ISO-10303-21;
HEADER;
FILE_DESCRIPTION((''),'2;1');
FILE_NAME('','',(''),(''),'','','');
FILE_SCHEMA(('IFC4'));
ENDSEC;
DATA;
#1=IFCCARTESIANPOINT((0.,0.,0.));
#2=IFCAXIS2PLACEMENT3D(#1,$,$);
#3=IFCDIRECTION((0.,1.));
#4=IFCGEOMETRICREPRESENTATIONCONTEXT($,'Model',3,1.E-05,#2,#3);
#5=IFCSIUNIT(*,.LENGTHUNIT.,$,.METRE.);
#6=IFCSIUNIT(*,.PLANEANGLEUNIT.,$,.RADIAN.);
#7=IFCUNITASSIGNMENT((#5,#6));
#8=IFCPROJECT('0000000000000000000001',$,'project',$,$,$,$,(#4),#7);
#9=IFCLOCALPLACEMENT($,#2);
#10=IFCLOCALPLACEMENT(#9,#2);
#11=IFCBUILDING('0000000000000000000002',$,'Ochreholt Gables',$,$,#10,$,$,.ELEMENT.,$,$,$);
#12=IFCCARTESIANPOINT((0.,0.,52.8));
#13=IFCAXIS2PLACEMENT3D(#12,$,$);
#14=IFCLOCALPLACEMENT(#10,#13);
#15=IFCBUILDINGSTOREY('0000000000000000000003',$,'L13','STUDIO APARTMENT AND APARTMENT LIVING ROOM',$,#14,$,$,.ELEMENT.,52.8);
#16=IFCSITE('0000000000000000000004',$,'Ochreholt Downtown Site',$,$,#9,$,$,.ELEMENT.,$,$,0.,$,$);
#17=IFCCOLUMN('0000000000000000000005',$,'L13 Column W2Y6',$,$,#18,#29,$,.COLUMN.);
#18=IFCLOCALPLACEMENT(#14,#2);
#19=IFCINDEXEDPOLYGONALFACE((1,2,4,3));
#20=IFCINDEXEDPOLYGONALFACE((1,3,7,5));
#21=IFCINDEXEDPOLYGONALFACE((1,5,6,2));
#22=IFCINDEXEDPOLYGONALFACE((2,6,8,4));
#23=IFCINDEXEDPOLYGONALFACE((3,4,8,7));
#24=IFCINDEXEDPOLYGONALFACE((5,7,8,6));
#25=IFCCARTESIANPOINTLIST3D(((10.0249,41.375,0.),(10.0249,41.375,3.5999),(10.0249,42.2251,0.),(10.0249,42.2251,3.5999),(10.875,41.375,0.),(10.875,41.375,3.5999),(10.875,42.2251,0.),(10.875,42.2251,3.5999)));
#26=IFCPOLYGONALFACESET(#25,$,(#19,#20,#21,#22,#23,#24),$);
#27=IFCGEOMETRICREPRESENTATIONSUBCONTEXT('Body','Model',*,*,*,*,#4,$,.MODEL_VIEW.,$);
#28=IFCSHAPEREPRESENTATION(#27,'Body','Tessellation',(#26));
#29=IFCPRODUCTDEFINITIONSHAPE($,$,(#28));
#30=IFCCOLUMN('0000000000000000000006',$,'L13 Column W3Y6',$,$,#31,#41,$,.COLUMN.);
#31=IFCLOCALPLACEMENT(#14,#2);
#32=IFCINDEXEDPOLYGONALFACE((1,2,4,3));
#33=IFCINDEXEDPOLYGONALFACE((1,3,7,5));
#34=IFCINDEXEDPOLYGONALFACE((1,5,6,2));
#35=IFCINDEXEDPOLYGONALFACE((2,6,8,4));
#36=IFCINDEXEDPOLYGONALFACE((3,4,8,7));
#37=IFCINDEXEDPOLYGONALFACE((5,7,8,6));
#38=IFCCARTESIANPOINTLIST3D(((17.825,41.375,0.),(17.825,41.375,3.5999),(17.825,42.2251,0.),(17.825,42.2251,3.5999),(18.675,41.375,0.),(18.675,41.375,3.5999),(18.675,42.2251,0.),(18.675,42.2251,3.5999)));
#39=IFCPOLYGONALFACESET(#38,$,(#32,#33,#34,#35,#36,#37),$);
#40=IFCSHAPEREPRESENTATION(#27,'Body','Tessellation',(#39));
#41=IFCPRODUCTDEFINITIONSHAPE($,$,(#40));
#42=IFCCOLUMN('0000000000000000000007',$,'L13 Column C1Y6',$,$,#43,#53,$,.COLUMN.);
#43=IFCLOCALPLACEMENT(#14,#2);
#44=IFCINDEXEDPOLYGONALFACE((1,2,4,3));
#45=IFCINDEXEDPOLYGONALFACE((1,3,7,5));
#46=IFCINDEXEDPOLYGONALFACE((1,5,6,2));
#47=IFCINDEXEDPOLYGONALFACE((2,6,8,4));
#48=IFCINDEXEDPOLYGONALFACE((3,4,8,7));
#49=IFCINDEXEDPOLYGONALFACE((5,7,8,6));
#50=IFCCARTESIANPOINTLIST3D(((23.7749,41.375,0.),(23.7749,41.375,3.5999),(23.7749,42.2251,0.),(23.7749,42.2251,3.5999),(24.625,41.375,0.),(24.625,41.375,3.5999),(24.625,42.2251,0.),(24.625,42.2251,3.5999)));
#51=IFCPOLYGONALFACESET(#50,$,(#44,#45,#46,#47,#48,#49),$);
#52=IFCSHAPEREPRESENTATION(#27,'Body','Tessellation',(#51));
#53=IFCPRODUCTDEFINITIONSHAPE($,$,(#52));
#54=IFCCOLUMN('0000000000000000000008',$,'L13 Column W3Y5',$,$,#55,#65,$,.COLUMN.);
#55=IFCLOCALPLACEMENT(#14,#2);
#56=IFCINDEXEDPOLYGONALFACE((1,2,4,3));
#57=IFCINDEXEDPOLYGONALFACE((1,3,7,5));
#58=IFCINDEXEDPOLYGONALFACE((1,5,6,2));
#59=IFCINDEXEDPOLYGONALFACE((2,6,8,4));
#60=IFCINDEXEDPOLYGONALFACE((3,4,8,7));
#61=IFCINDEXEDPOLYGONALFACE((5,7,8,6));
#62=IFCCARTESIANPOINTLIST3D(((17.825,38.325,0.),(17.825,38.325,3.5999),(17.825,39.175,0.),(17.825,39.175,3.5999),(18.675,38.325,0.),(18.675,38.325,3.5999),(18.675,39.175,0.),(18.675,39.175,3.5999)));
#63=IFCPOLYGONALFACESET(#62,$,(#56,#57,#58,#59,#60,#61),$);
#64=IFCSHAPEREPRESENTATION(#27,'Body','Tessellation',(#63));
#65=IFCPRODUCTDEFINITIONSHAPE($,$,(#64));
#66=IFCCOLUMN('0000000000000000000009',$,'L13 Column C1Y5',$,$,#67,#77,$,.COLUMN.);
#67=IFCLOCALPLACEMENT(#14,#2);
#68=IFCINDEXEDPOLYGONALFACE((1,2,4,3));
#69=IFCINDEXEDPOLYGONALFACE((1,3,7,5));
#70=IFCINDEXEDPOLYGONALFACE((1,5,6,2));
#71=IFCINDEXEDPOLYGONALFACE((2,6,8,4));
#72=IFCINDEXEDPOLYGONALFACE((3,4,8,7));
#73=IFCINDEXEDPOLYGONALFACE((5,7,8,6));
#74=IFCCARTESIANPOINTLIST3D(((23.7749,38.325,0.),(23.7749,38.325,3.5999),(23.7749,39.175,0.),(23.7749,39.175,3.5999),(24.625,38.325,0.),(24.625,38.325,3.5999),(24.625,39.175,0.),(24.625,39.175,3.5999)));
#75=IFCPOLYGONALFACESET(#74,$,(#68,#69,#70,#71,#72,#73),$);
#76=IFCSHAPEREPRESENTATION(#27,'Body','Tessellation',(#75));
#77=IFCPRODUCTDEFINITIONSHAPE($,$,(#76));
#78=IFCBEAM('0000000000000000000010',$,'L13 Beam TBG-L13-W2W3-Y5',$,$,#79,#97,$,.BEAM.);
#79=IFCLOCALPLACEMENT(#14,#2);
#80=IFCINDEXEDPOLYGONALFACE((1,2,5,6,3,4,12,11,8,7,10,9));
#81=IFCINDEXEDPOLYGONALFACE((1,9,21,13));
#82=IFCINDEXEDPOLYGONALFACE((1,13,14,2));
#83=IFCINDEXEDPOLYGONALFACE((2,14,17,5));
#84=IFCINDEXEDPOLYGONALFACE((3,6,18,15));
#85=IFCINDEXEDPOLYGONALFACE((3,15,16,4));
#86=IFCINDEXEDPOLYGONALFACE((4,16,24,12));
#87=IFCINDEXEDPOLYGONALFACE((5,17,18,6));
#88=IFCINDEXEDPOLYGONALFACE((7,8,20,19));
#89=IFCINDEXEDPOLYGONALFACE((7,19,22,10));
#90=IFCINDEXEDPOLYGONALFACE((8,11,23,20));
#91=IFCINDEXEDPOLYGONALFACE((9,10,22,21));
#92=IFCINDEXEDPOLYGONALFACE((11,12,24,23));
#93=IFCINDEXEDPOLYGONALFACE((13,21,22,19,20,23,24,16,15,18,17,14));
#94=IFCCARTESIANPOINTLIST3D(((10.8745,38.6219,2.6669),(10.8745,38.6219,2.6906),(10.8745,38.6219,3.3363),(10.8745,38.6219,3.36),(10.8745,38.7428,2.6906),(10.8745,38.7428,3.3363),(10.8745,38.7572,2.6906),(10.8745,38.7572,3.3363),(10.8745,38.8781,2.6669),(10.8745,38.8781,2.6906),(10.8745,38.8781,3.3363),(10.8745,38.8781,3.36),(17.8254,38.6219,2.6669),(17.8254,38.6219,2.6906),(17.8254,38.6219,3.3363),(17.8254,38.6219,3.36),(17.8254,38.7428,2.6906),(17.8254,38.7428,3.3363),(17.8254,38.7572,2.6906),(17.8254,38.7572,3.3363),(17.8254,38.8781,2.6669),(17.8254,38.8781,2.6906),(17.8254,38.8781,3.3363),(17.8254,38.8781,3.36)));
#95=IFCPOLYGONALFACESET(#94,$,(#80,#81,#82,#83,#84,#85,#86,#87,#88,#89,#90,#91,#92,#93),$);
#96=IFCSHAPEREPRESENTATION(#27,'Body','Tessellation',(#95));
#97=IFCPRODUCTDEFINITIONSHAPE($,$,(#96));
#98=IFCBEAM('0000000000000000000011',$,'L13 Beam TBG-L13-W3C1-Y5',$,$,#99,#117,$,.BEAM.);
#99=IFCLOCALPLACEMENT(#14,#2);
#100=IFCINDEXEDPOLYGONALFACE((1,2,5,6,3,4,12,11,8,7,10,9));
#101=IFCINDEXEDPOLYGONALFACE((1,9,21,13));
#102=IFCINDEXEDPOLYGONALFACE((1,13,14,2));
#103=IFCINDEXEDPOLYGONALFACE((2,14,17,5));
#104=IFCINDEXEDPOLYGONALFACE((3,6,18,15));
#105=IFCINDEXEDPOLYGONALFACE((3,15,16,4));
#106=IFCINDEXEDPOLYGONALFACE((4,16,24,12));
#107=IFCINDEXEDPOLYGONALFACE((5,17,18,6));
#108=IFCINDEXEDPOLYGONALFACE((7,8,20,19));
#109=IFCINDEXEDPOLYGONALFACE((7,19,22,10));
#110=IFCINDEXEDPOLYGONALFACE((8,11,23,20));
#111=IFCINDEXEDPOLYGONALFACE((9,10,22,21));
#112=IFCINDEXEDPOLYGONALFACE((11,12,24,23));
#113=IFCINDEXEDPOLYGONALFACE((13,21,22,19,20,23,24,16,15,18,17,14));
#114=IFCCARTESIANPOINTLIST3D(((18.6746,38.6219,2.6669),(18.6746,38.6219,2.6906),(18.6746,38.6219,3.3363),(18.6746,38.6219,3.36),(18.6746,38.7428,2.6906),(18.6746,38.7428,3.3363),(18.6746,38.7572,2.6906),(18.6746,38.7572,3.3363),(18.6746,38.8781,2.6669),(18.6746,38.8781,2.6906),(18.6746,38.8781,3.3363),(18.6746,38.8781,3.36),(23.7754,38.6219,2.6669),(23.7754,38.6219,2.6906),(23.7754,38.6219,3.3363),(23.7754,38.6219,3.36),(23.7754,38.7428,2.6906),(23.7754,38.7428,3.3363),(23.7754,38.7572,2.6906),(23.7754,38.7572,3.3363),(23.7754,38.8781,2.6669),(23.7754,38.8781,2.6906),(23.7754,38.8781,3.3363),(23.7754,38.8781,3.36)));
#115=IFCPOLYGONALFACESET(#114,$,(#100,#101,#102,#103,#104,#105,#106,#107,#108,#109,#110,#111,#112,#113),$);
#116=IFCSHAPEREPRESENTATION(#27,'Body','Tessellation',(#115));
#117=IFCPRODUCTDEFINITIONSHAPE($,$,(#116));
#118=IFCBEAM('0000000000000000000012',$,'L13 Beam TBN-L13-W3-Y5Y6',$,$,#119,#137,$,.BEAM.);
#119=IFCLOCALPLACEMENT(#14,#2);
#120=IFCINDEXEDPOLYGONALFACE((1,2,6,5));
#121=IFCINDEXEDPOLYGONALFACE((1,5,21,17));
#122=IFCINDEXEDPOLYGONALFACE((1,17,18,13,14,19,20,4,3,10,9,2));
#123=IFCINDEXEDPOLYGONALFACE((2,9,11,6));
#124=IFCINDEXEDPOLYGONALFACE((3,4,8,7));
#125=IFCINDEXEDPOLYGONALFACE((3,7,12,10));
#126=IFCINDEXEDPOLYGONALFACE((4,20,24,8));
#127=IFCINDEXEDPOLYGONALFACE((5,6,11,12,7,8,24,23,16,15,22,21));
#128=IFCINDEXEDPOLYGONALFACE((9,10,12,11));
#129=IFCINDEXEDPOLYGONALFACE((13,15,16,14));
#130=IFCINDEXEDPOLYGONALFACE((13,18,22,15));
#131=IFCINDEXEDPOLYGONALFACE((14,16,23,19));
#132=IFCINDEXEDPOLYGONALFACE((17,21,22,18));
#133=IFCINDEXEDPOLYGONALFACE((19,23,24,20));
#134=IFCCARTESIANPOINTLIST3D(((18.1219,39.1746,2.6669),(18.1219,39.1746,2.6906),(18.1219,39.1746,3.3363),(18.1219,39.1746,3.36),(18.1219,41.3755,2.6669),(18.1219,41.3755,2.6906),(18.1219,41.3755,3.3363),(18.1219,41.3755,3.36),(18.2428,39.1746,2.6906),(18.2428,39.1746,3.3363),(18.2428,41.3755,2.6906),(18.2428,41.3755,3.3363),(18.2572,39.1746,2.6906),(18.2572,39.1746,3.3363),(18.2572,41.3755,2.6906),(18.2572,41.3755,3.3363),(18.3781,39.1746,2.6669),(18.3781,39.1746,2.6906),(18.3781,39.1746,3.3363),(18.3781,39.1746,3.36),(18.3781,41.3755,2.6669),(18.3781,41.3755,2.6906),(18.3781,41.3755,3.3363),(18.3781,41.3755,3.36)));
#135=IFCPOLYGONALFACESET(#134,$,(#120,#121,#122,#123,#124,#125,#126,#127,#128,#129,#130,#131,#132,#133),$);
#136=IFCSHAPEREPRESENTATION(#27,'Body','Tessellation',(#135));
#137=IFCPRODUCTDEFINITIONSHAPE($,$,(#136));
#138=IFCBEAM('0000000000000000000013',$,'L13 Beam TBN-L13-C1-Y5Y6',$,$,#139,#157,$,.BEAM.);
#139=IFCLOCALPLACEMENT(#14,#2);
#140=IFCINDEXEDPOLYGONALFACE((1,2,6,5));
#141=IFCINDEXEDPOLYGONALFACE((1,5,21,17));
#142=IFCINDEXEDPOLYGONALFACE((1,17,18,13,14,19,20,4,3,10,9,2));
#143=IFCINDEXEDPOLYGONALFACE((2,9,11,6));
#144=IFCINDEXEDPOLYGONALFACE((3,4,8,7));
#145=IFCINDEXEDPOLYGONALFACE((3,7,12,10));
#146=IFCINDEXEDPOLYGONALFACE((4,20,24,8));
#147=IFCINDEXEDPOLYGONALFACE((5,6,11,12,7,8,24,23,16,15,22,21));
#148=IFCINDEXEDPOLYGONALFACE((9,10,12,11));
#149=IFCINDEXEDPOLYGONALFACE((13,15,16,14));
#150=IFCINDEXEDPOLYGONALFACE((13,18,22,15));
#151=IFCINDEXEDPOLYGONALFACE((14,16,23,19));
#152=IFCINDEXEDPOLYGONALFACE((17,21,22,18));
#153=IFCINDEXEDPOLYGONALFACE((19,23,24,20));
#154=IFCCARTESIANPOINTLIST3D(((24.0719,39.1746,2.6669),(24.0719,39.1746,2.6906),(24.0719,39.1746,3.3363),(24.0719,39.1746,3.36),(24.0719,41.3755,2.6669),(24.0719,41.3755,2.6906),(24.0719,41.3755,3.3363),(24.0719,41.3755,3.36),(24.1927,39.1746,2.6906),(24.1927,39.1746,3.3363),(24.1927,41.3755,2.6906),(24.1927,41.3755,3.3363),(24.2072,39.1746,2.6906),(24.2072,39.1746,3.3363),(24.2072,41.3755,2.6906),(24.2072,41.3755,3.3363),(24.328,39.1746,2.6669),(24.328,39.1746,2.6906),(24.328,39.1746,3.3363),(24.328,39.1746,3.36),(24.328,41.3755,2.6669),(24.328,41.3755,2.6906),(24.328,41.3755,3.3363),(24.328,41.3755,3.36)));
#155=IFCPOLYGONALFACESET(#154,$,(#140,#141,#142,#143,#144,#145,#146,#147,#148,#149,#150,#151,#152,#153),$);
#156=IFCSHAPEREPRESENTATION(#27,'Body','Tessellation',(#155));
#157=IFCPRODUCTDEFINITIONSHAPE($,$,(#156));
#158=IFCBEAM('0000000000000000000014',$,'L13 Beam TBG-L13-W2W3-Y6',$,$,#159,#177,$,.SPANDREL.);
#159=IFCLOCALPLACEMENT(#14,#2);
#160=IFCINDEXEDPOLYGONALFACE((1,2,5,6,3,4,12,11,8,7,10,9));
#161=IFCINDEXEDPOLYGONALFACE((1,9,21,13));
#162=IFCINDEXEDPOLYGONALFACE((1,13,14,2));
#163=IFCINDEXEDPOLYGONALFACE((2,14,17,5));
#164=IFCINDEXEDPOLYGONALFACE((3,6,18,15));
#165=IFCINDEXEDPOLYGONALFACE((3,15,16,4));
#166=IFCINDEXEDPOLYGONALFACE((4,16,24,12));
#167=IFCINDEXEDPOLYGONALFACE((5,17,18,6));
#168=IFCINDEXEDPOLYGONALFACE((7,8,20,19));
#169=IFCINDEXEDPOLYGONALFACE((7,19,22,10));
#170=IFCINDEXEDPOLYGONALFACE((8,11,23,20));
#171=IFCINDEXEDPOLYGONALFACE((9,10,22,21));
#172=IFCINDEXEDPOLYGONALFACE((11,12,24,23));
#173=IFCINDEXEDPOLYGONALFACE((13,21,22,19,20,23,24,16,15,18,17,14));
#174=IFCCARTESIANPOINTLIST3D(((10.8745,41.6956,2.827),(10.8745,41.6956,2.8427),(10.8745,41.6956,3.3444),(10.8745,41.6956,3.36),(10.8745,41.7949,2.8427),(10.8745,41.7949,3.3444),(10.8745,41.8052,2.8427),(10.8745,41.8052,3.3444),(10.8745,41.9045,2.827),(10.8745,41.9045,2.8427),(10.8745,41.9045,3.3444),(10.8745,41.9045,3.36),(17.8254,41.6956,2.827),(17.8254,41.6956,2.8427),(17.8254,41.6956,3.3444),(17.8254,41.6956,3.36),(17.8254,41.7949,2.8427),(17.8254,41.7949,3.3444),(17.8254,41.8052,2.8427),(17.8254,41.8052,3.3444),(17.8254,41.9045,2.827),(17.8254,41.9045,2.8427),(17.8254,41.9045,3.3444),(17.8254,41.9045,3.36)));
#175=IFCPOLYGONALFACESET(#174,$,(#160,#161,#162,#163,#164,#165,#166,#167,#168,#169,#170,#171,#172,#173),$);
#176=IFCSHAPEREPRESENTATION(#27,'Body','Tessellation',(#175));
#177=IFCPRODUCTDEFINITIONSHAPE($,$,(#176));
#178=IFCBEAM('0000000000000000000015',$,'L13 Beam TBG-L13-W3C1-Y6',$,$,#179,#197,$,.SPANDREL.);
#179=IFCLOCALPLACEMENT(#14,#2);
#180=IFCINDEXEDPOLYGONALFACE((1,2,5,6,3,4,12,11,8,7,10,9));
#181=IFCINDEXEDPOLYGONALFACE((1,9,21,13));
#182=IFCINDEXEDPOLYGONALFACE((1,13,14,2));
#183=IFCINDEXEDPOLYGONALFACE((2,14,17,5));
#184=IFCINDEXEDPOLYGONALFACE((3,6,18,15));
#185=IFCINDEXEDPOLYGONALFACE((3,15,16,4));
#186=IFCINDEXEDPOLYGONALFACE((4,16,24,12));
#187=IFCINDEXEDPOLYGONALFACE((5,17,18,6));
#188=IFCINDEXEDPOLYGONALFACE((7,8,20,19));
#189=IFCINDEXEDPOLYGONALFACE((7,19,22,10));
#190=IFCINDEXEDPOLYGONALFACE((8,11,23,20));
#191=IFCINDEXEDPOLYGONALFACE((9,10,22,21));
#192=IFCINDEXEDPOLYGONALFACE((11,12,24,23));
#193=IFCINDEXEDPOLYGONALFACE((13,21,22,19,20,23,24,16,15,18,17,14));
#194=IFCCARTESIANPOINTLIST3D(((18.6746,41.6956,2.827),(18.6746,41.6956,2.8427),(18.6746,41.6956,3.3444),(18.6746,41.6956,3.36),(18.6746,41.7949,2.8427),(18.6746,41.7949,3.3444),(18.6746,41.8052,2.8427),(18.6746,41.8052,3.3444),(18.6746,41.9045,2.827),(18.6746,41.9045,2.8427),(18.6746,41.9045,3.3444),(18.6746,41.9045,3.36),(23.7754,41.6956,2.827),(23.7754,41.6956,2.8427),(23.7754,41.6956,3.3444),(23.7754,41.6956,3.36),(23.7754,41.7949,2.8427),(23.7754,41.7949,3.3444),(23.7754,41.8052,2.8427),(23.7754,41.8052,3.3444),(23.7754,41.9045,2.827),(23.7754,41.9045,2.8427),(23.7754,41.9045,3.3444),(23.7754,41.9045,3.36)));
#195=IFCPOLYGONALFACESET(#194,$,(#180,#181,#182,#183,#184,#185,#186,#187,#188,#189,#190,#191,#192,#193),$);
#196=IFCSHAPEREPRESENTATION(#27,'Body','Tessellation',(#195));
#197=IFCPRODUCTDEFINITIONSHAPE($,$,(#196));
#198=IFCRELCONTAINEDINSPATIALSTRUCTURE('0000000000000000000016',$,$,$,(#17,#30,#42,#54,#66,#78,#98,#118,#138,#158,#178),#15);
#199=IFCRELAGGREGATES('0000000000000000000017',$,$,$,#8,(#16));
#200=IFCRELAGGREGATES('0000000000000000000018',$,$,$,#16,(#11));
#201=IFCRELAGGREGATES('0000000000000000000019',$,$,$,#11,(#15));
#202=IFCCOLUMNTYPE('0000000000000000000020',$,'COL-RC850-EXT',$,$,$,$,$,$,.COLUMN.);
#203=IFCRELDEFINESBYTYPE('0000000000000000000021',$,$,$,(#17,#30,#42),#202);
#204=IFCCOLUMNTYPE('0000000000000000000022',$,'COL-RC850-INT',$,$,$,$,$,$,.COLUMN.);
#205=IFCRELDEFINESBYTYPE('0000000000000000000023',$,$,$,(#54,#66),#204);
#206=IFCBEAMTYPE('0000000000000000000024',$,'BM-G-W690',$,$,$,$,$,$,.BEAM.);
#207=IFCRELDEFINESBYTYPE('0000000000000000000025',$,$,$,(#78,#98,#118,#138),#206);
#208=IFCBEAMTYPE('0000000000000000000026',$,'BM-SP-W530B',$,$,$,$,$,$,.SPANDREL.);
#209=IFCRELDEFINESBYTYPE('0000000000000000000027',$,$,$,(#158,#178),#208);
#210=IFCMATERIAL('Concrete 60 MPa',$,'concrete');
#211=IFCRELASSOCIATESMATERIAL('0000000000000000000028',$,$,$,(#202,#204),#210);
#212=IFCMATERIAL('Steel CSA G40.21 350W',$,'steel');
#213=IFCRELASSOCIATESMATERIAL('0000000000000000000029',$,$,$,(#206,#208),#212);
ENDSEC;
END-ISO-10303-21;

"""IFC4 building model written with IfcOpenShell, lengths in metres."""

from ifc_helpers import new_model, si_unit, direction, frame, origin, origin_2d, place, context, subcontext, project, spatial, rectangle, i_section, extrude, material, material_profile, profile_set, type_object, element, save


model = new_model("IFC4")

# Units and contexts
model_context = context("Model", 3, precision=1e-05, world=origin(), true_north=direction((0.0, 1.0)))
body_context = subcontext(model_context, "Body", "Model", "MODEL_VIEW")
ifc_project = project(units=[si_unit("LENGTHUNIT", "METRE"), si_unit("PLANEANGLEUNIT", "RADIAN")], contexts=[model_context])

# Site, building, storey
site_placement = place(None, origin())
site = spatial("IfcSite", under=ifc_project, at=site_placement, Name="Ochreholt Downtown Site", CompositionType="ELEMENT", RefElevation=0.0)
building_placement = place(site_placement, origin())
building = spatial("IfcBuilding", under=site, at=building_placement, Name="Ochreholt Gables", CompositionType="ELEMENT")
storey_placement = place(building_placement, frame((0.0, 0.0, 52.8)))
storey = spatial("IfcBuildingStorey", under=building, at=storey_placement, Name="L13", Description="STUDIO APARTMENT AND APARTMENT LIVING ROOM", CompositionType="ELEMENT", Elevation=52.8)

# Columns
ifc_material_1 = material(Name="Concrete 60 MPa", Category="concrete")
ifc_material_profile_1 = material_profile(ifc_material_1, rectangle(XDim=0.8501, YDim=0.8501, at=origin_2d()), Name="RC850X850")
ifc_profile_set_1 = profile_set([ifc_material_profile_1], Name="Concrete 60 MPa")
column_type_1 = type_object("IfcColumnType", Name="COL-RC850-EXT", PredefinedType="COLUMN", material=ifc_profile_set_1)
for number, where, z_axis, x_axis, name in (
    (1, (10.45, 41.8, 0.0), (0.0, 0.0, 1.0), (1.0, 0.0, 0.0), "L13 Column W2Y6"),
    (2, (18.25, 41.8, 0.0), (0.0, 0.0, 1.0), (1.0, 0.0, 0.0), "L13 Column W3Y6"),
    (3, (24.2, 41.8, 0.0), (0.0, 0.0, 1.0), (1.0, 0.0, 0.0), "L13 Column C1Y6"),
):
    element("IfcColumn", number, at=place(storey_placement, frame(where, z_axis=z_axis, x_axis=x_axis)), inside=storey, type_object=column_type_1, Name=name, PredefinedType="COLUMN", context=body_context, shape_type="SweptSolid", body=[
        extrude(rectangle(XDim=0.8501, YDim=0.8501, at=origin_2d()), origin(), (0.0, 0.0, 1.0), 3.5999),
    ])
ifc_material_profile_2 = material_profile(ifc_material_1, rectangle(XDim=0.8501, YDim=0.8501, at=origin_2d()), Name="RC850X850")
ifc_profile_set_2 = profile_set([ifc_material_profile_2], Name="Concrete 60 MPa")
column_type_2 = type_object("IfcColumnType", Name="COL-RC850-INT", PredefinedType="COLUMN", material=ifc_profile_set_2)
for number, where, z_axis, x_axis, name in (
    (4, (18.25, 38.75, 0.0), (0.0, 0.0, 1.0), (1.0, 0.0, 0.0), "L13 Column W3Y5"),
    (5, (24.2, 38.75, 0.0), (0.0, 0.0, 1.0), (1.0, 0.0, 0.0), "L13 Column C1Y5"),
):
    element("IfcColumn", number, at=place(storey_placement, frame(where, z_axis=z_axis, x_axis=x_axis)), inside=storey, type_object=column_type_2, Name=name, PredefinedType="COLUMN", context=body_context, shape_type="SweptSolid", body=[
        extrude(rectangle(XDim=0.8501, YDim=0.8501, at=origin_2d()), origin(), (0.0, 0.0, 1.0), 3.5999),
    ])

# Beams
ifc_material_2 = material(Name="Steel CSA G40.21 350W", Category="steel")
ifc_material_profile_3 = material_profile(ifc_material_2, i_section(OverallWidth=0.2561, OverallDepth=0.6931, WebThickness=0.0144, FlangeThickness=0.0237, at=origin_2d()), Name="W690X170")
ifc_profile_set_3 = profile_set([ifc_material_profile_3], Name="Steel CSA G40.21 350W")
beam_type_1 = type_object("IfcBeamType", Name="BM-G-W690", PredefinedType="BEAM", material=ifc_profile_set_3)
beam_1_placement = place(storey_placement, frame((10.8745, 38.75, 3.0134), z_axis=(1.0, 0.0, 0.0), x_axis=(0.0, 1.0, 0.0)))
element("IfcBeam", 6, at=beam_1_placement, inside=storey, type_object=beam_type_1, Name="L13 Beam TBG-L13-W2W3-Y5", PredefinedType="BEAM", context=body_context, shape_type="SweptSolid", body=[
    extrude(i_section(OverallWidth=0.2561, OverallDepth=0.6931, WebThickness=0.0144, FlangeThickness=0.0237, at=origin_2d()), origin(), (0.0, 0.0, 1.0), 6.9509),
])
beam_2_placement = place(storey_placement, frame((18.6746, 38.75, 3.0134), z_axis=(1.0, 0.0, 0.0), x_axis=(0.0, 1.0, 0.0)))
element("IfcBeam", 7, at=beam_2_placement, inside=storey, type_object=beam_type_1, Name="L13 Beam TBG-L13-W3C1-Y5", PredefinedType="BEAM", context=body_context, shape_type="SweptSolid", body=[
    extrude(i_section(OverallWidth=0.2561, OverallDepth=0.6931, WebThickness=0.0144, FlangeThickness=0.0237, at=origin_2d()), origin(), (0.0, 0.0, 1.0), 5.1008),
])
for number, where, z_axis, x_axis, name in (
    (8, (18.25, 39.1746, 3.0134), (0.0, 1.0, 0.0), (-1.0, 0.0, 0.0), "L13 Beam TBN-L13-W3-Y5Y6"),
    (9, (24.2, 39.1746, 3.0134), (0.0, 1.0, 0.0), (-1.0, 0.0, 0.0), "L13 Beam TBN-L13-C1-Y5Y6"),
):
    element("IfcBeam", number, at=place(storey_placement, frame(where, z_axis=z_axis, x_axis=x_axis)), inside=storey, type_object=beam_type_1, Name=name, PredefinedType="BEAM", context=body_context, shape_type="SweptSolid", body=[
        extrude(i_section(OverallWidth=0.2561, OverallDepth=0.6931, WebThickness=0.0144, FlangeThickness=0.0237, at=origin_2d()), origin(), (0.0, 0.0, 1.0), 2.2009),
    ])
ifc_material_profile_4 = material_profile(ifc_material_2, i_section(OverallWidth=0.209, OverallDepth=0.533, WebThickness=0.0103, FlangeThickness=0.0156, at=origin_2d()), Name="W530X92")
ifc_profile_set_4 = profile_set([ifc_material_profile_4], Name="Steel CSA G40.21 350W")
beam_type_2 = type_object("IfcBeamType", Name="BM-SP-W530B", PredefinedType="SPANDREL", material=ifc_profile_set_4)
beam_3_placement = place(storey_placement, frame((10.8745, 41.8, 3.0935), z_axis=(1.0, 0.0, 0.0), x_axis=(0.0, 1.0, 0.0)))
element("IfcBeam", 10, at=beam_3_placement, inside=storey, type_object=beam_type_2, Name="L13 Beam TBG-L13-W2W3-Y6", PredefinedType="SPANDREL", context=body_context, shape_type="SweptSolid", body=[
    extrude(i_section(OverallWidth=0.209, OverallDepth=0.533, WebThickness=0.0103, FlangeThickness=0.0156, at=origin_2d()), origin(), (0.0, 0.0, 1.0), 6.9509),
])
beam_4_placement = place(storey_placement, frame((18.6746, 41.8, 3.0935), z_axis=(1.0, 0.0, 0.0), x_axis=(0.0, 1.0, 0.0)))
element("IfcBeam", 11, at=beam_4_placement, inside=storey, type_object=beam_type_2, Name="L13 Beam TBG-L13-W3C1-Y6", PredefinedType="SPANDREL", context=body_context, shape_type="SweptSolid", body=[
    extrude(i_section(OverallWidth=0.209, OverallDepth=0.533, WebThickness=0.0103, FlangeThickness=0.0156, at=origin_2d()), origin(), (0.0, 0.0, 1.0), 5.1008),
])

save(model, "model.ifc")
